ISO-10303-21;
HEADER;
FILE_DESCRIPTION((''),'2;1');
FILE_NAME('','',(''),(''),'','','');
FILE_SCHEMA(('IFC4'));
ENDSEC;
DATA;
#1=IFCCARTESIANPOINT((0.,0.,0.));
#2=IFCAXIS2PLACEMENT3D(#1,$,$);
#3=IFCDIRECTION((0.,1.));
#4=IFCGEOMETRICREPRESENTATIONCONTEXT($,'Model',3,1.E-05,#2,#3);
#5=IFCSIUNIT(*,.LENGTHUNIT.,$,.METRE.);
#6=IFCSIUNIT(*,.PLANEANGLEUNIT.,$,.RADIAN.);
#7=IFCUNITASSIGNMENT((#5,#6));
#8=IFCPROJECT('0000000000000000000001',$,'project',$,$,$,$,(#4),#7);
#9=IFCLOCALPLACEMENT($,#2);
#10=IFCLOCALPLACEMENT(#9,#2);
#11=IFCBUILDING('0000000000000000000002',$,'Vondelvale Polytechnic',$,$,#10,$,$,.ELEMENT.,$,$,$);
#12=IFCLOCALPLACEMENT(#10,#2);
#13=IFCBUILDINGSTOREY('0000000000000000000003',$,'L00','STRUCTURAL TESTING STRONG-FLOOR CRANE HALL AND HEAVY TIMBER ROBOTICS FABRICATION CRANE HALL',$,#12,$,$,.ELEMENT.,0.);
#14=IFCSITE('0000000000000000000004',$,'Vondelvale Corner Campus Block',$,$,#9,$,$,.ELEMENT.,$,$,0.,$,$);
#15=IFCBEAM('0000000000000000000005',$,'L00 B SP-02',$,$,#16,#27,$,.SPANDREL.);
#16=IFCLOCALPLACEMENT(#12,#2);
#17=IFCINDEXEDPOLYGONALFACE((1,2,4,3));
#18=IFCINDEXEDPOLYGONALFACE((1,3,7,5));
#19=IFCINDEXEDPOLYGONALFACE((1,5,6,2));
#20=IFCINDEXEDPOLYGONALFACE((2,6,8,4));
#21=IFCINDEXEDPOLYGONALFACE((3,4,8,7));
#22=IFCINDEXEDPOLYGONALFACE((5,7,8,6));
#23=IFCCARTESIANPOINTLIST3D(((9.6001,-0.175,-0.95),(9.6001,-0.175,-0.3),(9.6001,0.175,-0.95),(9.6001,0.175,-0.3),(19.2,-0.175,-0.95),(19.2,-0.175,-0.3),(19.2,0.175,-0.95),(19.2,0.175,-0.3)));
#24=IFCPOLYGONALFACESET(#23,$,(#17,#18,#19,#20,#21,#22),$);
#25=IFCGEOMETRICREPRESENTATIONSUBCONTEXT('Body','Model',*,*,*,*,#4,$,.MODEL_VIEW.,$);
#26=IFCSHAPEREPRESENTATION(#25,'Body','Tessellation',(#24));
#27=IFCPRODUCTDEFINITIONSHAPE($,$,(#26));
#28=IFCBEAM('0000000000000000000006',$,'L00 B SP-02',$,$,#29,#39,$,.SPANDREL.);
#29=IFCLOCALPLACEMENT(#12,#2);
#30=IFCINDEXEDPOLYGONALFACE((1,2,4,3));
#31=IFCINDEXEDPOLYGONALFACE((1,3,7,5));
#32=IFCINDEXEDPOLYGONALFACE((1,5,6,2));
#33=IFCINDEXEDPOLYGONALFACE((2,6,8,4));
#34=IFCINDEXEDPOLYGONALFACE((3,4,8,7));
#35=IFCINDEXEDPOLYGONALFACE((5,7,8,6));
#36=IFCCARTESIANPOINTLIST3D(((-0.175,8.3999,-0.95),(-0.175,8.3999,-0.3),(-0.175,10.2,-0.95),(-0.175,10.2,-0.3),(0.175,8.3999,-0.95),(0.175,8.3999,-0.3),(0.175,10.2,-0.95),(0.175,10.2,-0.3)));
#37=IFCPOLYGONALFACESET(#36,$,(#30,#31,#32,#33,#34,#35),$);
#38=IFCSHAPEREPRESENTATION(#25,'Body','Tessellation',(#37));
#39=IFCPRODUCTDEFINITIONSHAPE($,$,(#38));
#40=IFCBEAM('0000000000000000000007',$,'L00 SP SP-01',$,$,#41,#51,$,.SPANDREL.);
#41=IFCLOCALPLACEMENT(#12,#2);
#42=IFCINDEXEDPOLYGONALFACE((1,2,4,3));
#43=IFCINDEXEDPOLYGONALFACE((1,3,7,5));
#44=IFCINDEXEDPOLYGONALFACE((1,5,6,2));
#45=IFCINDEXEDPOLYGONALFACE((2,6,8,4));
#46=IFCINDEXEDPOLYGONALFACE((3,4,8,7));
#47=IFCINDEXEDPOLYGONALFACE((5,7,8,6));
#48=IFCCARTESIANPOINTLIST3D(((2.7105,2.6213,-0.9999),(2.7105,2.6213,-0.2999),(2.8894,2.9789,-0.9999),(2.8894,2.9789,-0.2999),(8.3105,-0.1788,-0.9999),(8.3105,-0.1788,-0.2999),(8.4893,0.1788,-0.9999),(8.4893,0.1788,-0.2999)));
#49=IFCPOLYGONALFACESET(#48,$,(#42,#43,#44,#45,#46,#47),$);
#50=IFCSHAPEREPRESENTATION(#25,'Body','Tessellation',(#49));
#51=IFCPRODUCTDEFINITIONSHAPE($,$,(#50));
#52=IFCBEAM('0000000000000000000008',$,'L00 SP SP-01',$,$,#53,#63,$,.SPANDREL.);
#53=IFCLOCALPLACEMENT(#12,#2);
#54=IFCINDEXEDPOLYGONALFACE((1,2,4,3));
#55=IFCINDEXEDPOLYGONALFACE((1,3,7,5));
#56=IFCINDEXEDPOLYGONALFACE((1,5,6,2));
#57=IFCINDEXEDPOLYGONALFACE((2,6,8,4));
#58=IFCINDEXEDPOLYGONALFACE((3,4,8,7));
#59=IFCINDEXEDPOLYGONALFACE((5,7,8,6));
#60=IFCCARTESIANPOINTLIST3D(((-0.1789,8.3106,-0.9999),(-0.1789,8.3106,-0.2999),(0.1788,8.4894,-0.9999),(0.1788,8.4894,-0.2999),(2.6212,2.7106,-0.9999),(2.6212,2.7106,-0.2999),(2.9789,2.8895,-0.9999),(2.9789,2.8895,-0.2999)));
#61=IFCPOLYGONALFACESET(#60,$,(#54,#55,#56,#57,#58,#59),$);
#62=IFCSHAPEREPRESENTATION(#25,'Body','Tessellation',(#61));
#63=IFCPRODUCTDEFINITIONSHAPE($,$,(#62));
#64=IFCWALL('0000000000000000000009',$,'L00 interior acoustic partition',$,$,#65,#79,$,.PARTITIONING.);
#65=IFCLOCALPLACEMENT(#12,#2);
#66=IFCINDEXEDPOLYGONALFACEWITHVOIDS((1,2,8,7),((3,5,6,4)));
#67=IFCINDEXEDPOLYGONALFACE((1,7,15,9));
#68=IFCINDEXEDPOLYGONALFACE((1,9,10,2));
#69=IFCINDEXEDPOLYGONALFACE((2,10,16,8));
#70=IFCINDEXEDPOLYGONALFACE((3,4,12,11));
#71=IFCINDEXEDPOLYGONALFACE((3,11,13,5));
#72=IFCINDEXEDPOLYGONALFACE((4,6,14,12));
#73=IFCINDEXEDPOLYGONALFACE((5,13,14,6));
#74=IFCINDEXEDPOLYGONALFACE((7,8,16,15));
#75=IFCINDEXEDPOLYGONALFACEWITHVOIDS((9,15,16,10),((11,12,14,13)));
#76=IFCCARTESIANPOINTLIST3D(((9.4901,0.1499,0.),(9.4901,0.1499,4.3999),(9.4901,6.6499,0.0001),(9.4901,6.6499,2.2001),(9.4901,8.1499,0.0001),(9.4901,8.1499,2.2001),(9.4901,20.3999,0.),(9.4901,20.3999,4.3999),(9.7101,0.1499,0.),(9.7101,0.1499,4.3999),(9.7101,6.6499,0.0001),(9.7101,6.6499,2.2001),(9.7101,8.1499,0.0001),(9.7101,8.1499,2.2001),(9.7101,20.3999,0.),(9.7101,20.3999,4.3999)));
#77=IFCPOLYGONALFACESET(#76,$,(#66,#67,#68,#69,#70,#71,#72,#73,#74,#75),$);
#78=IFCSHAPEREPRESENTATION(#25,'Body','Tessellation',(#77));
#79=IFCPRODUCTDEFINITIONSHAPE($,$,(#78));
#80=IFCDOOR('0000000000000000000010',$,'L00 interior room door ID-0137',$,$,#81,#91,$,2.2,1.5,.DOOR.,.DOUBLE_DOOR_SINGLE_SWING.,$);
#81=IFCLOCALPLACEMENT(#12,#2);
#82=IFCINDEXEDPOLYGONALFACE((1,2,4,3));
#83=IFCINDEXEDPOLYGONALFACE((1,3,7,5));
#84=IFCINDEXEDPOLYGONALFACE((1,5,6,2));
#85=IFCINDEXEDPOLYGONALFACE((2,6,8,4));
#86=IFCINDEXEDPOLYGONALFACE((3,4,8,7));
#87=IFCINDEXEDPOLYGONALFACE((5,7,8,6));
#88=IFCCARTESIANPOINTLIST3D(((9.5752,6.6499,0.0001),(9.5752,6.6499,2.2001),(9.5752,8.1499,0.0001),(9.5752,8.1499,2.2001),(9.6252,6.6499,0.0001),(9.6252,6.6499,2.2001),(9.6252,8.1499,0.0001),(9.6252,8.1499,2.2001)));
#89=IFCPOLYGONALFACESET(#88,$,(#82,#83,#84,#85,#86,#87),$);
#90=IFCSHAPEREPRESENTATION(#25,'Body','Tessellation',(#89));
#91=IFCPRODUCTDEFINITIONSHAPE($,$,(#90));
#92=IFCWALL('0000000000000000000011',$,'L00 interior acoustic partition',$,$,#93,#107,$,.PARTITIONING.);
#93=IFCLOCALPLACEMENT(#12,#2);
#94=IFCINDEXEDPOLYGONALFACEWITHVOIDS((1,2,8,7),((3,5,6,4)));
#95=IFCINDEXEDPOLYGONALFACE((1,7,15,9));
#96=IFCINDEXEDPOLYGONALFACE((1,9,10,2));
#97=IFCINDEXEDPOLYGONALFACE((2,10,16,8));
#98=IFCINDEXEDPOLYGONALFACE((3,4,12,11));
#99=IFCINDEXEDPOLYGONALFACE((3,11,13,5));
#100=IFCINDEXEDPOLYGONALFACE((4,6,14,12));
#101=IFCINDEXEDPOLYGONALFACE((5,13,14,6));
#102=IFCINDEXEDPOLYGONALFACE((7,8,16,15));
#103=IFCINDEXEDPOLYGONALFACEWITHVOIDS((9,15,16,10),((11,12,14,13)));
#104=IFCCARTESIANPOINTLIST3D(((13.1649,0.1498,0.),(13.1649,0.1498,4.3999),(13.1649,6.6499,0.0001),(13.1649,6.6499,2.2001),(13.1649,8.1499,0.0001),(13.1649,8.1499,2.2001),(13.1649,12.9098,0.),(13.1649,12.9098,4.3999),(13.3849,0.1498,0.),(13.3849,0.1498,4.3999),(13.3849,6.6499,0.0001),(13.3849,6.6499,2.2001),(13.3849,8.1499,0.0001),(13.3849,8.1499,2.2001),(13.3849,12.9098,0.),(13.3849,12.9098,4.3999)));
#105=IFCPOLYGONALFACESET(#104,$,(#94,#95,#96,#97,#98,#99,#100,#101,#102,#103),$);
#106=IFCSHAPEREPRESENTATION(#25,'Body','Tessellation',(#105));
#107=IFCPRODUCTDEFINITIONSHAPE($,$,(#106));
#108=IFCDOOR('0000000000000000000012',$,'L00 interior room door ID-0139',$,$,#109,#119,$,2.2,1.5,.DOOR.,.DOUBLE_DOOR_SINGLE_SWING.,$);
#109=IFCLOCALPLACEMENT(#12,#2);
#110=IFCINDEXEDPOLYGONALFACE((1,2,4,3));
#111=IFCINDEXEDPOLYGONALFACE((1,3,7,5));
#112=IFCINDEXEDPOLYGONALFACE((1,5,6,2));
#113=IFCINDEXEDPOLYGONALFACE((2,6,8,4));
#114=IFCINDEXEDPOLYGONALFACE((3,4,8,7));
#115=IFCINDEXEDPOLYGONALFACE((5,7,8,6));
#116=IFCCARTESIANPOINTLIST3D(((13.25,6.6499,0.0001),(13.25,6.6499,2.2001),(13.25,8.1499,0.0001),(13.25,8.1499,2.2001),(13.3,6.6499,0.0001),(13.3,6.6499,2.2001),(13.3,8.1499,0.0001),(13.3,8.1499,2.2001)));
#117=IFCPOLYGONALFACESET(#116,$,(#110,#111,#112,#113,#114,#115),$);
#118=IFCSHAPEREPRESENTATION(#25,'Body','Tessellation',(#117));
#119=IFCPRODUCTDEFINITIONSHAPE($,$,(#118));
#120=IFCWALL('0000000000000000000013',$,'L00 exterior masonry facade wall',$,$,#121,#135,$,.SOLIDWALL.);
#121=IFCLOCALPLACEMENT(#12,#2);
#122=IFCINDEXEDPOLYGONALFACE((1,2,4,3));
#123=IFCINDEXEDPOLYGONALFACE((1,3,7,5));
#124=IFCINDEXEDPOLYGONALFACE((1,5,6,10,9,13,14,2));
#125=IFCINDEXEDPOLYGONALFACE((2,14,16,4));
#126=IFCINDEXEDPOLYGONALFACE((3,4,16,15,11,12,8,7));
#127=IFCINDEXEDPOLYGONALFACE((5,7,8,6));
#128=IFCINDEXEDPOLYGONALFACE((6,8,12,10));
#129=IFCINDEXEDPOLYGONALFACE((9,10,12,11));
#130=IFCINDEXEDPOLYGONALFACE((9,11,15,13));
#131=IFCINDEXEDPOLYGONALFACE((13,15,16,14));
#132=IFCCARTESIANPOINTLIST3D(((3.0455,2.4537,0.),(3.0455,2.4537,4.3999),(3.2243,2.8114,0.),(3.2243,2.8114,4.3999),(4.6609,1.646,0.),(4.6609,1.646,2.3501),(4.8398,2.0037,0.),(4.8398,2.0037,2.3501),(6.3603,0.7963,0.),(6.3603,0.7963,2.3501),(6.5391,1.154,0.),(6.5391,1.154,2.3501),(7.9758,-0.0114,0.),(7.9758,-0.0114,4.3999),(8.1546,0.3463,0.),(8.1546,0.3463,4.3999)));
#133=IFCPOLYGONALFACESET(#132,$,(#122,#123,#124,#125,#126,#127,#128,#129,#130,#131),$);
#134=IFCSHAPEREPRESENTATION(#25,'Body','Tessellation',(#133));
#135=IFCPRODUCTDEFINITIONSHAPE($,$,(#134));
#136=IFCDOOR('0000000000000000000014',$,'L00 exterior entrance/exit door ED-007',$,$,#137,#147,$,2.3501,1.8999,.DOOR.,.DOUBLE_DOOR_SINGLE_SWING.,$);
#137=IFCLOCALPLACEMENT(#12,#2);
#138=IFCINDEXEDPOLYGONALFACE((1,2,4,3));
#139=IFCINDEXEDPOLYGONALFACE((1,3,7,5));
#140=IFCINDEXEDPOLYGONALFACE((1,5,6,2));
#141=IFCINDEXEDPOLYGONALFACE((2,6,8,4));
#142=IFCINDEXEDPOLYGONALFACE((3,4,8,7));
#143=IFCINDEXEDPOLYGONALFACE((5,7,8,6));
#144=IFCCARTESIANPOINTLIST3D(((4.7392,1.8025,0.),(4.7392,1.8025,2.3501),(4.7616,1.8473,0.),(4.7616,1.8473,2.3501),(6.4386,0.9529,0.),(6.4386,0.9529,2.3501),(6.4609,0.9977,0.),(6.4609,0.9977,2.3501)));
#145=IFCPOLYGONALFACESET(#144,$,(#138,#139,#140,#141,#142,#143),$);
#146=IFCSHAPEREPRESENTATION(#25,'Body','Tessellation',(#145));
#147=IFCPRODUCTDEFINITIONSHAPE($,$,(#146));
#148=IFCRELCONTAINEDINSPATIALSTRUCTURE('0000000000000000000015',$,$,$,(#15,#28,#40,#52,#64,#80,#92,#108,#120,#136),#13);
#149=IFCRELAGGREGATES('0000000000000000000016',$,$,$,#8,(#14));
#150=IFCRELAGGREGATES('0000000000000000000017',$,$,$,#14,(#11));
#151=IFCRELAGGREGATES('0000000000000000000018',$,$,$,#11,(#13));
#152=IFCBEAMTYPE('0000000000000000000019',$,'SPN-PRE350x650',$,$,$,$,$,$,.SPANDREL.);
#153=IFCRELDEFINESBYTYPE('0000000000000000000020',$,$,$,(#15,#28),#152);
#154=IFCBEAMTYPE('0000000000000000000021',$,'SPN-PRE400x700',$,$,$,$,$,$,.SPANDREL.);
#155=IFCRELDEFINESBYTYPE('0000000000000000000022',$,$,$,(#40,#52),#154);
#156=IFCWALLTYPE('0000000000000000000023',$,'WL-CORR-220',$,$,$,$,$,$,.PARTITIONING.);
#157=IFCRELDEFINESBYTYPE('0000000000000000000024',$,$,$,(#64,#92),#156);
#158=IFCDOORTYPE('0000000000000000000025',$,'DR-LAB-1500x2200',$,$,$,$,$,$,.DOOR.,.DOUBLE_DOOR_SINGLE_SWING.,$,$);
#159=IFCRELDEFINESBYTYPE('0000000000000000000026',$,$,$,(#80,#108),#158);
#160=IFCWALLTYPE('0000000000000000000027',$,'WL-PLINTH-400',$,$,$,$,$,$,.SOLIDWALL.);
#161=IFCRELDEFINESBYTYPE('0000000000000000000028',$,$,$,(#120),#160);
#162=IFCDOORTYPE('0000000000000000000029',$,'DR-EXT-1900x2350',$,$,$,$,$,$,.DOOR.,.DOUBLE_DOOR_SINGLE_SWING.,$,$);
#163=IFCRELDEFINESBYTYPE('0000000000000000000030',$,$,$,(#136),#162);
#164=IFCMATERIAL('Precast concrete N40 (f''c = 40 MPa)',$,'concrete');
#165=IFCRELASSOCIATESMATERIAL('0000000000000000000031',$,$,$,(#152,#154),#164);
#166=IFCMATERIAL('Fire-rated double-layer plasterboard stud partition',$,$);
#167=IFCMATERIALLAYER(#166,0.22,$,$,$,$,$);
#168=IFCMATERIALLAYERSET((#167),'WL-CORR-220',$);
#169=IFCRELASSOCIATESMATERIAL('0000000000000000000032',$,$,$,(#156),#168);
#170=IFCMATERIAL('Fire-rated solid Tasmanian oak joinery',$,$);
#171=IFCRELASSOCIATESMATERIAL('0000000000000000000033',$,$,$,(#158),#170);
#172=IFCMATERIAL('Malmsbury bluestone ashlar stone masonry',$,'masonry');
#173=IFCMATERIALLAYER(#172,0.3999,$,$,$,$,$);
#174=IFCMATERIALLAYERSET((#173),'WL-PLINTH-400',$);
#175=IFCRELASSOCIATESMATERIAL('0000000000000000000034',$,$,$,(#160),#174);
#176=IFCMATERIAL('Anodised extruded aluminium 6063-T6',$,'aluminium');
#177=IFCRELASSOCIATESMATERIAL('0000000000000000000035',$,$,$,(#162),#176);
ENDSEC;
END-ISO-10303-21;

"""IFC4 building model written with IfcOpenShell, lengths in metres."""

from ifc_helpers import new_model, si_unit, direction, frame, frame_2d, origin, origin_2d, place, context, subcontext, project, spatial, rectangle, extrude, material, layer, layer_set, material_profile, profile_set, type_object, element, fill, save


model = new_model("IFC4")

# Units and contexts
model_context = context("Model", 3, precision=1e-05, world=origin(), true_north=direction((0.0, 1.0)))
body_context = subcontext(model_context, "Body", "Model", "MODEL_VIEW")
ifc_project = project(units=[si_unit("LENGTHUNIT", "METRE"), si_unit("PLANEANGLEUNIT", "RADIAN")], contexts=[model_context])

# Site, building, storey
site_placement = place(None, origin())
site = spatial("IfcSite", under=ifc_project, at=site_placement, Name="Vondelvale Corner Campus Block", CompositionType="ELEMENT", RefElevation=0.0)
building_placement = place(site_placement, origin())
building = spatial("IfcBuilding", under=site, at=building_placement, Name="Vondelvale Polytechnic", CompositionType="ELEMENT")
storey_placement = place(building_placement, origin())
storey = spatial("IfcBuildingStorey", under=building, at=storey_placement, Name="L00", Description="STRUCTURAL TESTING STRONG-FLOOR CRANE HALL AND HEAVY TIMBER ROBOTICS FABRICATION CRANE HALL", CompositionType="ELEMENT", Elevation=0.0)

# Beams
ifc_material_1 = material(Name="Precast concrete N40 (f'c = 40 MPa)", Category="concrete")
ifc_material_profile_1 = material_profile(ifc_material_1, rectangle(XDim=0.3501, YDim=0.6499, at=origin_2d()), Name="RC-SPN-350x650")
ifc_profile_set_1 = profile_set([ifc_material_profile_1], Name="Precast concrete N40 (f'c = 40 MPa)")
beam_type_1 = type_object("IfcBeamType", Name="SPN-PRE350x650", PredefinedType="SPANDREL", material=ifc_profile_set_1)
beam_1_placement = place(storey_placement, frame((9.6001, 0.0, -0.625), z_axis=(1.0, 0.0, 0.0), x_axis=(0.0, 1.0, 0.0)))
element("IfcBeam", 1, at=beam_1_placement, inside=storey, type_object=beam_type_1, Name="L00 B SP-02", PredefinedType="SPANDREL", context=body_context, shape_type="SweptSolid", body=[
    extrude(rectangle(XDim=0.3501, YDim=0.6499, at=origin_2d()), origin(), (0.0, 0.0, 1.0), 9.5999),
])
beam_2_placement = place(storey_placement, frame((0.0, 8.3999, -0.625), z_axis=(0.0, 1.0, 0.0), x_axis=(-1.0, 0.0, 0.0)))
element("IfcBeam", 2, at=beam_2_placement, inside=storey, type_object=beam_type_1, Name="L00 B SP-02", PredefinedType="SPANDREL", context=body_context, shape_type="SweptSolid", body=[
    extrude(rectangle(XDim=0.3501, YDim=0.6499, at=origin_2d()), origin(), (0.0, 0.0, 1.0), 1.8),
])
ifc_material_profile_2 = material_profile(ifc_material_1, rectangle(XDim=0.3999, YDim=0.7, at=origin_2d()), Name="RC-SPN-400x700")
ifc_profile_set_2 = profile_set([ifc_material_profile_2], Name="Precast concrete N40 (f'c = 40 MPa)")
beam_type_2 = type_object("IfcBeamType", Name="SPN-PRE400x700", PredefinedType="SPANDREL", material=ifc_profile_set_2)
for number, where, z_axis, x_axis, name in (
    (3, (8.3999, 0.0, -0.6499), (-0.894419, 0.447229, 0.0), (-0.447229, -0.894419, 0.0), "L00 SP SP-01"),
    (4, (2.8, 2.8, -0.6499), (-0.447229, 0.894419, 0.0), (-0.894419, -0.447229, 0.0), "L00 SP SP-01"),
):
    element("IfcBeam", number, at=place(storey_placement, frame(where, z_axis=z_axis, x_axis=x_axis)), inside=storey, type_object=beam_type_2, Name=name, PredefinedType="SPANDREL", context=body_context, shape_type="SweptSolid", body=[
        extrude(rectangle(XDim=0.3999, YDim=0.7, at=origin_2d()), origin(), (0.0, 0.0, 1.0), 6.261),
    ])

# Walls, openings, doors
ifc_material_2 = material(Name="Fire-rated double-layer plasterboard stud partition")
ifc_layer_1 = layer(ifc_material_2, 0.22)
ifc_layer_set_1 = layer_set([ifc_layer_1], Name="WL-CORR-220")
wall_type_1 = type_object("IfcWallType", Name="WL-CORR-220", PredefinedType="PARTITIONING", material=ifc_layer_set_1)
wall_1_placement = place(storey_placement, frame((9.6001, 0.1499, 0.0), z_axis=(0.0, 0.0, 1.0), x_axis=(0.0, 1.0, 0.0)))
wall_1 = element("IfcWall", 5, at=wall_1_placement, inside=storey, type_object=wall_type_1, Name="L00 interior acoustic partition", PredefinedType="PARTITIONING", context=body_context, shape_type="SweptSolid", body=[
    extrude(rectangle(XDim=20.25, YDim=0.22, at=frame_2d((10.125, 0.0))), origin(), (0.0, 0.0, 1.0), 4.3999),
])
opening_1_placement = place(wall_1_placement, frame((6.5, 0.0, 0.0)))
opening_1 = element("IfcOpeningElement", 6, at=opening_1_placement, cuts=wall_1, PredefinedType="OPENING", context=body_context, shape_type="SweptSolid", body=[
    extrude(rectangle(XDim=1.5, YDim=2.2, at=frame_2d((0.75, 1.1001))), frame((0.0, 0.1199, 0.0), z_axis=(0.0, -1.0, 0.0), x_axis=(1.0, 0.0, 0.0)), (0.0, 0.0, 1.0), 0.24),
])
ifc_material_3 = material(Name="Fire-rated solid Tasmanian oak joinery")
door_type_1 = type_object("IfcDoorType", Name="DR-LAB-1500x2200", OperationType="DOUBLE_DOOR_SINGLE_SWING", PredefinedType="DOOR", material=ifc_material_3)
door_1_placement = place(opening_1_placement, origin())
door_1 = element("IfcDoor", 7, at=door_1_placement, inside=storey, type_object=door_type_1, Name="L00 interior room door ID-0137", OperationType="DOUBLE_DOOR_SINGLE_SWING", OverallHeight=2.2, OverallWidth=1.5, PredefinedType="DOOR", context=body_context, shape_type="SweptSolid", body=[
    extrude(rectangle(XDim=1.5, YDim=2.2, at=frame_2d((0.75, 1.1001))), frame((0.0, 0.0249, 0.0), z_axis=(0.0, -1.0, 0.0), x_axis=(1.0, 0.0, 0.0)), (0.0, 0.0, 1.0), 0.05),
])
fill(opening_1, door_1)
wall_2_placement = place(storey_placement, frame((13.2749, 0.1499, 0.0), z_axis=(0.0, 0.0, 1.0), x_axis=(0.0, 1.0, 0.0)))
wall_2 = element("IfcWall", 8, at=wall_2_placement, inside=storey, type_object=wall_type_1, Name="L00 interior acoustic partition", PredefinedType="PARTITIONING", context=body_context, shape_type="SweptSolid", body=[
    extrude(rectangle(XDim=12.76, YDim=0.22, at=frame_2d((6.3799, 0.0))), origin(), (0.0, 0.0, 1.0), 4.3999),
])
opening_2_placement = place(wall_2_placement, frame((6.5, 0.0, 0.0)))
opening_2 = element("IfcOpeningElement", 9, at=opening_2_placement, cuts=wall_2, PredefinedType="OPENING", context=body_context, shape_type="SweptSolid", body=[
    extrude(rectangle(XDim=1.5, YDim=2.2, at=frame_2d((0.75, 1.1001))), frame((0.0, 0.1199, 0.0), z_axis=(0.0, -1.0, 0.0), x_axis=(1.0, 0.0, 0.0)), (0.0, 0.0, 1.0), 0.24),
])
door_2_placement = place(opening_2_placement, origin())
door_2 = element("IfcDoor", 10, at=door_2_placement, inside=storey, type_object=door_type_1, Name="L00 interior room door ID-0139", OperationType="DOUBLE_DOOR_SINGLE_SWING", OverallHeight=2.2, OverallWidth=1.5, PredefinedType="DOOR", context=body_context, shape_type="SweptSolid", body=[
    extrude(rectangle(XDim=1.5, YDim=2.2, at=frame_2d((0.75, 1.1001))), frame((0.0, 0.0249, 0.0), z_axis=(0.0, -1.0, 0.0), x_axis=(1.0, 0.0, 0.0)), (0.0, 0.0, 1.0), 0.05),
])
fill(opening_2, door_2)
ifc_material_4 = material(Name="Malmsbury bluestone ashlar stone masonry", Category="masonry")
ifc_layer_2 = layer(ifc_material_4, 0.3999)
ifc_layer_set_2 = layer_set([ifc_layer_2], Name="WL-PLINTH-400")
wall_type_2 = type_object("IfcWallType", Name="WL-PLINTH-400", PredefinedType="SOLIDWALL", material=ifc_layer_set_2)
wall_3_placement = place(storey_placement, frame((8.0652, 0.1675, 0.0), z_axis=(0.0, 0.0, 1.0), x_axis=(-0.894436, 0.447196, 0.0)))
wall_3 = element("IfcWall", 11, at=wall_3_placement, inside=storey, type_object=wall_type_2, Name="L00 exterior masonry facade wall", PredefinedType="SOLIDWALL", context=body_context, shape_type="SweptSolid", body=[
    extrude(rectangle(XDim=5.5122, YDim=0.3999, at=frame_2d((2.7561, 0.0))), origin(), (0.0, 0.0, 1.0), 4.3999),
])
opening_3_placement = place(wall_3_placement, frame((1.8062, 0.0, 0.0)))
opening_3 = element("IfcOpeningElement", 12, at=opening_3_placement, cuts=wall_3, PredefinedType="OPENING", context=body_context, shape_type="SweptSolid", body=[
    extrude(rectangle(XDim=1.8999, YDim=2.3501, at=frame_2d((0.95, 1.175))), frame((0.0, 0.21, 0.0), z_axis=(0.0, -1.0, 0.0), x_axis=(1.0, 0.0, 0.0)), (0.0, 0.0, 1.0), 0.4199),
])
ifc_material_5 = material(Name="Anodised extruded aluminium 6063-T6", Category="aluminium")
door_type_2 = type_object("IfcDoorType", Name="DR-EXT-1900x2350", OperationType="DOUBLE_DOOR_SINGLE_SWING", PredefinedType="DOOR", material=ifc_material_5)
door_3_placement = place(opening_3_placement, origin())
door_3 = element("IfcDoor", 13, at=door_3_placement, inside=storey, type_object=door_type_2, Name="L00 exterior entrance/exit door ED-007", OperationType="DOUBLE_DOOR_SINGLE_SWING", OverallHeight=2.3501, OverallWidth=1.8999, PredefinedType="DOOR", context=body_context, shape_type="SweptSolid", body=[
    extrude(rectangle(XDim=1.8999, YDim=2.3501, at=frame_2d((0.95, 1.175))), frame((0.0, 0.0249, 0.0), z_axis=(0.0, -1.0, 0.0), x_axis=(1.0, 0.0, 0.0)), (0.0, 0.0, 1.0), 0.05),
])
fill(opening_3, door_3)

save(model, "model.ifc")
